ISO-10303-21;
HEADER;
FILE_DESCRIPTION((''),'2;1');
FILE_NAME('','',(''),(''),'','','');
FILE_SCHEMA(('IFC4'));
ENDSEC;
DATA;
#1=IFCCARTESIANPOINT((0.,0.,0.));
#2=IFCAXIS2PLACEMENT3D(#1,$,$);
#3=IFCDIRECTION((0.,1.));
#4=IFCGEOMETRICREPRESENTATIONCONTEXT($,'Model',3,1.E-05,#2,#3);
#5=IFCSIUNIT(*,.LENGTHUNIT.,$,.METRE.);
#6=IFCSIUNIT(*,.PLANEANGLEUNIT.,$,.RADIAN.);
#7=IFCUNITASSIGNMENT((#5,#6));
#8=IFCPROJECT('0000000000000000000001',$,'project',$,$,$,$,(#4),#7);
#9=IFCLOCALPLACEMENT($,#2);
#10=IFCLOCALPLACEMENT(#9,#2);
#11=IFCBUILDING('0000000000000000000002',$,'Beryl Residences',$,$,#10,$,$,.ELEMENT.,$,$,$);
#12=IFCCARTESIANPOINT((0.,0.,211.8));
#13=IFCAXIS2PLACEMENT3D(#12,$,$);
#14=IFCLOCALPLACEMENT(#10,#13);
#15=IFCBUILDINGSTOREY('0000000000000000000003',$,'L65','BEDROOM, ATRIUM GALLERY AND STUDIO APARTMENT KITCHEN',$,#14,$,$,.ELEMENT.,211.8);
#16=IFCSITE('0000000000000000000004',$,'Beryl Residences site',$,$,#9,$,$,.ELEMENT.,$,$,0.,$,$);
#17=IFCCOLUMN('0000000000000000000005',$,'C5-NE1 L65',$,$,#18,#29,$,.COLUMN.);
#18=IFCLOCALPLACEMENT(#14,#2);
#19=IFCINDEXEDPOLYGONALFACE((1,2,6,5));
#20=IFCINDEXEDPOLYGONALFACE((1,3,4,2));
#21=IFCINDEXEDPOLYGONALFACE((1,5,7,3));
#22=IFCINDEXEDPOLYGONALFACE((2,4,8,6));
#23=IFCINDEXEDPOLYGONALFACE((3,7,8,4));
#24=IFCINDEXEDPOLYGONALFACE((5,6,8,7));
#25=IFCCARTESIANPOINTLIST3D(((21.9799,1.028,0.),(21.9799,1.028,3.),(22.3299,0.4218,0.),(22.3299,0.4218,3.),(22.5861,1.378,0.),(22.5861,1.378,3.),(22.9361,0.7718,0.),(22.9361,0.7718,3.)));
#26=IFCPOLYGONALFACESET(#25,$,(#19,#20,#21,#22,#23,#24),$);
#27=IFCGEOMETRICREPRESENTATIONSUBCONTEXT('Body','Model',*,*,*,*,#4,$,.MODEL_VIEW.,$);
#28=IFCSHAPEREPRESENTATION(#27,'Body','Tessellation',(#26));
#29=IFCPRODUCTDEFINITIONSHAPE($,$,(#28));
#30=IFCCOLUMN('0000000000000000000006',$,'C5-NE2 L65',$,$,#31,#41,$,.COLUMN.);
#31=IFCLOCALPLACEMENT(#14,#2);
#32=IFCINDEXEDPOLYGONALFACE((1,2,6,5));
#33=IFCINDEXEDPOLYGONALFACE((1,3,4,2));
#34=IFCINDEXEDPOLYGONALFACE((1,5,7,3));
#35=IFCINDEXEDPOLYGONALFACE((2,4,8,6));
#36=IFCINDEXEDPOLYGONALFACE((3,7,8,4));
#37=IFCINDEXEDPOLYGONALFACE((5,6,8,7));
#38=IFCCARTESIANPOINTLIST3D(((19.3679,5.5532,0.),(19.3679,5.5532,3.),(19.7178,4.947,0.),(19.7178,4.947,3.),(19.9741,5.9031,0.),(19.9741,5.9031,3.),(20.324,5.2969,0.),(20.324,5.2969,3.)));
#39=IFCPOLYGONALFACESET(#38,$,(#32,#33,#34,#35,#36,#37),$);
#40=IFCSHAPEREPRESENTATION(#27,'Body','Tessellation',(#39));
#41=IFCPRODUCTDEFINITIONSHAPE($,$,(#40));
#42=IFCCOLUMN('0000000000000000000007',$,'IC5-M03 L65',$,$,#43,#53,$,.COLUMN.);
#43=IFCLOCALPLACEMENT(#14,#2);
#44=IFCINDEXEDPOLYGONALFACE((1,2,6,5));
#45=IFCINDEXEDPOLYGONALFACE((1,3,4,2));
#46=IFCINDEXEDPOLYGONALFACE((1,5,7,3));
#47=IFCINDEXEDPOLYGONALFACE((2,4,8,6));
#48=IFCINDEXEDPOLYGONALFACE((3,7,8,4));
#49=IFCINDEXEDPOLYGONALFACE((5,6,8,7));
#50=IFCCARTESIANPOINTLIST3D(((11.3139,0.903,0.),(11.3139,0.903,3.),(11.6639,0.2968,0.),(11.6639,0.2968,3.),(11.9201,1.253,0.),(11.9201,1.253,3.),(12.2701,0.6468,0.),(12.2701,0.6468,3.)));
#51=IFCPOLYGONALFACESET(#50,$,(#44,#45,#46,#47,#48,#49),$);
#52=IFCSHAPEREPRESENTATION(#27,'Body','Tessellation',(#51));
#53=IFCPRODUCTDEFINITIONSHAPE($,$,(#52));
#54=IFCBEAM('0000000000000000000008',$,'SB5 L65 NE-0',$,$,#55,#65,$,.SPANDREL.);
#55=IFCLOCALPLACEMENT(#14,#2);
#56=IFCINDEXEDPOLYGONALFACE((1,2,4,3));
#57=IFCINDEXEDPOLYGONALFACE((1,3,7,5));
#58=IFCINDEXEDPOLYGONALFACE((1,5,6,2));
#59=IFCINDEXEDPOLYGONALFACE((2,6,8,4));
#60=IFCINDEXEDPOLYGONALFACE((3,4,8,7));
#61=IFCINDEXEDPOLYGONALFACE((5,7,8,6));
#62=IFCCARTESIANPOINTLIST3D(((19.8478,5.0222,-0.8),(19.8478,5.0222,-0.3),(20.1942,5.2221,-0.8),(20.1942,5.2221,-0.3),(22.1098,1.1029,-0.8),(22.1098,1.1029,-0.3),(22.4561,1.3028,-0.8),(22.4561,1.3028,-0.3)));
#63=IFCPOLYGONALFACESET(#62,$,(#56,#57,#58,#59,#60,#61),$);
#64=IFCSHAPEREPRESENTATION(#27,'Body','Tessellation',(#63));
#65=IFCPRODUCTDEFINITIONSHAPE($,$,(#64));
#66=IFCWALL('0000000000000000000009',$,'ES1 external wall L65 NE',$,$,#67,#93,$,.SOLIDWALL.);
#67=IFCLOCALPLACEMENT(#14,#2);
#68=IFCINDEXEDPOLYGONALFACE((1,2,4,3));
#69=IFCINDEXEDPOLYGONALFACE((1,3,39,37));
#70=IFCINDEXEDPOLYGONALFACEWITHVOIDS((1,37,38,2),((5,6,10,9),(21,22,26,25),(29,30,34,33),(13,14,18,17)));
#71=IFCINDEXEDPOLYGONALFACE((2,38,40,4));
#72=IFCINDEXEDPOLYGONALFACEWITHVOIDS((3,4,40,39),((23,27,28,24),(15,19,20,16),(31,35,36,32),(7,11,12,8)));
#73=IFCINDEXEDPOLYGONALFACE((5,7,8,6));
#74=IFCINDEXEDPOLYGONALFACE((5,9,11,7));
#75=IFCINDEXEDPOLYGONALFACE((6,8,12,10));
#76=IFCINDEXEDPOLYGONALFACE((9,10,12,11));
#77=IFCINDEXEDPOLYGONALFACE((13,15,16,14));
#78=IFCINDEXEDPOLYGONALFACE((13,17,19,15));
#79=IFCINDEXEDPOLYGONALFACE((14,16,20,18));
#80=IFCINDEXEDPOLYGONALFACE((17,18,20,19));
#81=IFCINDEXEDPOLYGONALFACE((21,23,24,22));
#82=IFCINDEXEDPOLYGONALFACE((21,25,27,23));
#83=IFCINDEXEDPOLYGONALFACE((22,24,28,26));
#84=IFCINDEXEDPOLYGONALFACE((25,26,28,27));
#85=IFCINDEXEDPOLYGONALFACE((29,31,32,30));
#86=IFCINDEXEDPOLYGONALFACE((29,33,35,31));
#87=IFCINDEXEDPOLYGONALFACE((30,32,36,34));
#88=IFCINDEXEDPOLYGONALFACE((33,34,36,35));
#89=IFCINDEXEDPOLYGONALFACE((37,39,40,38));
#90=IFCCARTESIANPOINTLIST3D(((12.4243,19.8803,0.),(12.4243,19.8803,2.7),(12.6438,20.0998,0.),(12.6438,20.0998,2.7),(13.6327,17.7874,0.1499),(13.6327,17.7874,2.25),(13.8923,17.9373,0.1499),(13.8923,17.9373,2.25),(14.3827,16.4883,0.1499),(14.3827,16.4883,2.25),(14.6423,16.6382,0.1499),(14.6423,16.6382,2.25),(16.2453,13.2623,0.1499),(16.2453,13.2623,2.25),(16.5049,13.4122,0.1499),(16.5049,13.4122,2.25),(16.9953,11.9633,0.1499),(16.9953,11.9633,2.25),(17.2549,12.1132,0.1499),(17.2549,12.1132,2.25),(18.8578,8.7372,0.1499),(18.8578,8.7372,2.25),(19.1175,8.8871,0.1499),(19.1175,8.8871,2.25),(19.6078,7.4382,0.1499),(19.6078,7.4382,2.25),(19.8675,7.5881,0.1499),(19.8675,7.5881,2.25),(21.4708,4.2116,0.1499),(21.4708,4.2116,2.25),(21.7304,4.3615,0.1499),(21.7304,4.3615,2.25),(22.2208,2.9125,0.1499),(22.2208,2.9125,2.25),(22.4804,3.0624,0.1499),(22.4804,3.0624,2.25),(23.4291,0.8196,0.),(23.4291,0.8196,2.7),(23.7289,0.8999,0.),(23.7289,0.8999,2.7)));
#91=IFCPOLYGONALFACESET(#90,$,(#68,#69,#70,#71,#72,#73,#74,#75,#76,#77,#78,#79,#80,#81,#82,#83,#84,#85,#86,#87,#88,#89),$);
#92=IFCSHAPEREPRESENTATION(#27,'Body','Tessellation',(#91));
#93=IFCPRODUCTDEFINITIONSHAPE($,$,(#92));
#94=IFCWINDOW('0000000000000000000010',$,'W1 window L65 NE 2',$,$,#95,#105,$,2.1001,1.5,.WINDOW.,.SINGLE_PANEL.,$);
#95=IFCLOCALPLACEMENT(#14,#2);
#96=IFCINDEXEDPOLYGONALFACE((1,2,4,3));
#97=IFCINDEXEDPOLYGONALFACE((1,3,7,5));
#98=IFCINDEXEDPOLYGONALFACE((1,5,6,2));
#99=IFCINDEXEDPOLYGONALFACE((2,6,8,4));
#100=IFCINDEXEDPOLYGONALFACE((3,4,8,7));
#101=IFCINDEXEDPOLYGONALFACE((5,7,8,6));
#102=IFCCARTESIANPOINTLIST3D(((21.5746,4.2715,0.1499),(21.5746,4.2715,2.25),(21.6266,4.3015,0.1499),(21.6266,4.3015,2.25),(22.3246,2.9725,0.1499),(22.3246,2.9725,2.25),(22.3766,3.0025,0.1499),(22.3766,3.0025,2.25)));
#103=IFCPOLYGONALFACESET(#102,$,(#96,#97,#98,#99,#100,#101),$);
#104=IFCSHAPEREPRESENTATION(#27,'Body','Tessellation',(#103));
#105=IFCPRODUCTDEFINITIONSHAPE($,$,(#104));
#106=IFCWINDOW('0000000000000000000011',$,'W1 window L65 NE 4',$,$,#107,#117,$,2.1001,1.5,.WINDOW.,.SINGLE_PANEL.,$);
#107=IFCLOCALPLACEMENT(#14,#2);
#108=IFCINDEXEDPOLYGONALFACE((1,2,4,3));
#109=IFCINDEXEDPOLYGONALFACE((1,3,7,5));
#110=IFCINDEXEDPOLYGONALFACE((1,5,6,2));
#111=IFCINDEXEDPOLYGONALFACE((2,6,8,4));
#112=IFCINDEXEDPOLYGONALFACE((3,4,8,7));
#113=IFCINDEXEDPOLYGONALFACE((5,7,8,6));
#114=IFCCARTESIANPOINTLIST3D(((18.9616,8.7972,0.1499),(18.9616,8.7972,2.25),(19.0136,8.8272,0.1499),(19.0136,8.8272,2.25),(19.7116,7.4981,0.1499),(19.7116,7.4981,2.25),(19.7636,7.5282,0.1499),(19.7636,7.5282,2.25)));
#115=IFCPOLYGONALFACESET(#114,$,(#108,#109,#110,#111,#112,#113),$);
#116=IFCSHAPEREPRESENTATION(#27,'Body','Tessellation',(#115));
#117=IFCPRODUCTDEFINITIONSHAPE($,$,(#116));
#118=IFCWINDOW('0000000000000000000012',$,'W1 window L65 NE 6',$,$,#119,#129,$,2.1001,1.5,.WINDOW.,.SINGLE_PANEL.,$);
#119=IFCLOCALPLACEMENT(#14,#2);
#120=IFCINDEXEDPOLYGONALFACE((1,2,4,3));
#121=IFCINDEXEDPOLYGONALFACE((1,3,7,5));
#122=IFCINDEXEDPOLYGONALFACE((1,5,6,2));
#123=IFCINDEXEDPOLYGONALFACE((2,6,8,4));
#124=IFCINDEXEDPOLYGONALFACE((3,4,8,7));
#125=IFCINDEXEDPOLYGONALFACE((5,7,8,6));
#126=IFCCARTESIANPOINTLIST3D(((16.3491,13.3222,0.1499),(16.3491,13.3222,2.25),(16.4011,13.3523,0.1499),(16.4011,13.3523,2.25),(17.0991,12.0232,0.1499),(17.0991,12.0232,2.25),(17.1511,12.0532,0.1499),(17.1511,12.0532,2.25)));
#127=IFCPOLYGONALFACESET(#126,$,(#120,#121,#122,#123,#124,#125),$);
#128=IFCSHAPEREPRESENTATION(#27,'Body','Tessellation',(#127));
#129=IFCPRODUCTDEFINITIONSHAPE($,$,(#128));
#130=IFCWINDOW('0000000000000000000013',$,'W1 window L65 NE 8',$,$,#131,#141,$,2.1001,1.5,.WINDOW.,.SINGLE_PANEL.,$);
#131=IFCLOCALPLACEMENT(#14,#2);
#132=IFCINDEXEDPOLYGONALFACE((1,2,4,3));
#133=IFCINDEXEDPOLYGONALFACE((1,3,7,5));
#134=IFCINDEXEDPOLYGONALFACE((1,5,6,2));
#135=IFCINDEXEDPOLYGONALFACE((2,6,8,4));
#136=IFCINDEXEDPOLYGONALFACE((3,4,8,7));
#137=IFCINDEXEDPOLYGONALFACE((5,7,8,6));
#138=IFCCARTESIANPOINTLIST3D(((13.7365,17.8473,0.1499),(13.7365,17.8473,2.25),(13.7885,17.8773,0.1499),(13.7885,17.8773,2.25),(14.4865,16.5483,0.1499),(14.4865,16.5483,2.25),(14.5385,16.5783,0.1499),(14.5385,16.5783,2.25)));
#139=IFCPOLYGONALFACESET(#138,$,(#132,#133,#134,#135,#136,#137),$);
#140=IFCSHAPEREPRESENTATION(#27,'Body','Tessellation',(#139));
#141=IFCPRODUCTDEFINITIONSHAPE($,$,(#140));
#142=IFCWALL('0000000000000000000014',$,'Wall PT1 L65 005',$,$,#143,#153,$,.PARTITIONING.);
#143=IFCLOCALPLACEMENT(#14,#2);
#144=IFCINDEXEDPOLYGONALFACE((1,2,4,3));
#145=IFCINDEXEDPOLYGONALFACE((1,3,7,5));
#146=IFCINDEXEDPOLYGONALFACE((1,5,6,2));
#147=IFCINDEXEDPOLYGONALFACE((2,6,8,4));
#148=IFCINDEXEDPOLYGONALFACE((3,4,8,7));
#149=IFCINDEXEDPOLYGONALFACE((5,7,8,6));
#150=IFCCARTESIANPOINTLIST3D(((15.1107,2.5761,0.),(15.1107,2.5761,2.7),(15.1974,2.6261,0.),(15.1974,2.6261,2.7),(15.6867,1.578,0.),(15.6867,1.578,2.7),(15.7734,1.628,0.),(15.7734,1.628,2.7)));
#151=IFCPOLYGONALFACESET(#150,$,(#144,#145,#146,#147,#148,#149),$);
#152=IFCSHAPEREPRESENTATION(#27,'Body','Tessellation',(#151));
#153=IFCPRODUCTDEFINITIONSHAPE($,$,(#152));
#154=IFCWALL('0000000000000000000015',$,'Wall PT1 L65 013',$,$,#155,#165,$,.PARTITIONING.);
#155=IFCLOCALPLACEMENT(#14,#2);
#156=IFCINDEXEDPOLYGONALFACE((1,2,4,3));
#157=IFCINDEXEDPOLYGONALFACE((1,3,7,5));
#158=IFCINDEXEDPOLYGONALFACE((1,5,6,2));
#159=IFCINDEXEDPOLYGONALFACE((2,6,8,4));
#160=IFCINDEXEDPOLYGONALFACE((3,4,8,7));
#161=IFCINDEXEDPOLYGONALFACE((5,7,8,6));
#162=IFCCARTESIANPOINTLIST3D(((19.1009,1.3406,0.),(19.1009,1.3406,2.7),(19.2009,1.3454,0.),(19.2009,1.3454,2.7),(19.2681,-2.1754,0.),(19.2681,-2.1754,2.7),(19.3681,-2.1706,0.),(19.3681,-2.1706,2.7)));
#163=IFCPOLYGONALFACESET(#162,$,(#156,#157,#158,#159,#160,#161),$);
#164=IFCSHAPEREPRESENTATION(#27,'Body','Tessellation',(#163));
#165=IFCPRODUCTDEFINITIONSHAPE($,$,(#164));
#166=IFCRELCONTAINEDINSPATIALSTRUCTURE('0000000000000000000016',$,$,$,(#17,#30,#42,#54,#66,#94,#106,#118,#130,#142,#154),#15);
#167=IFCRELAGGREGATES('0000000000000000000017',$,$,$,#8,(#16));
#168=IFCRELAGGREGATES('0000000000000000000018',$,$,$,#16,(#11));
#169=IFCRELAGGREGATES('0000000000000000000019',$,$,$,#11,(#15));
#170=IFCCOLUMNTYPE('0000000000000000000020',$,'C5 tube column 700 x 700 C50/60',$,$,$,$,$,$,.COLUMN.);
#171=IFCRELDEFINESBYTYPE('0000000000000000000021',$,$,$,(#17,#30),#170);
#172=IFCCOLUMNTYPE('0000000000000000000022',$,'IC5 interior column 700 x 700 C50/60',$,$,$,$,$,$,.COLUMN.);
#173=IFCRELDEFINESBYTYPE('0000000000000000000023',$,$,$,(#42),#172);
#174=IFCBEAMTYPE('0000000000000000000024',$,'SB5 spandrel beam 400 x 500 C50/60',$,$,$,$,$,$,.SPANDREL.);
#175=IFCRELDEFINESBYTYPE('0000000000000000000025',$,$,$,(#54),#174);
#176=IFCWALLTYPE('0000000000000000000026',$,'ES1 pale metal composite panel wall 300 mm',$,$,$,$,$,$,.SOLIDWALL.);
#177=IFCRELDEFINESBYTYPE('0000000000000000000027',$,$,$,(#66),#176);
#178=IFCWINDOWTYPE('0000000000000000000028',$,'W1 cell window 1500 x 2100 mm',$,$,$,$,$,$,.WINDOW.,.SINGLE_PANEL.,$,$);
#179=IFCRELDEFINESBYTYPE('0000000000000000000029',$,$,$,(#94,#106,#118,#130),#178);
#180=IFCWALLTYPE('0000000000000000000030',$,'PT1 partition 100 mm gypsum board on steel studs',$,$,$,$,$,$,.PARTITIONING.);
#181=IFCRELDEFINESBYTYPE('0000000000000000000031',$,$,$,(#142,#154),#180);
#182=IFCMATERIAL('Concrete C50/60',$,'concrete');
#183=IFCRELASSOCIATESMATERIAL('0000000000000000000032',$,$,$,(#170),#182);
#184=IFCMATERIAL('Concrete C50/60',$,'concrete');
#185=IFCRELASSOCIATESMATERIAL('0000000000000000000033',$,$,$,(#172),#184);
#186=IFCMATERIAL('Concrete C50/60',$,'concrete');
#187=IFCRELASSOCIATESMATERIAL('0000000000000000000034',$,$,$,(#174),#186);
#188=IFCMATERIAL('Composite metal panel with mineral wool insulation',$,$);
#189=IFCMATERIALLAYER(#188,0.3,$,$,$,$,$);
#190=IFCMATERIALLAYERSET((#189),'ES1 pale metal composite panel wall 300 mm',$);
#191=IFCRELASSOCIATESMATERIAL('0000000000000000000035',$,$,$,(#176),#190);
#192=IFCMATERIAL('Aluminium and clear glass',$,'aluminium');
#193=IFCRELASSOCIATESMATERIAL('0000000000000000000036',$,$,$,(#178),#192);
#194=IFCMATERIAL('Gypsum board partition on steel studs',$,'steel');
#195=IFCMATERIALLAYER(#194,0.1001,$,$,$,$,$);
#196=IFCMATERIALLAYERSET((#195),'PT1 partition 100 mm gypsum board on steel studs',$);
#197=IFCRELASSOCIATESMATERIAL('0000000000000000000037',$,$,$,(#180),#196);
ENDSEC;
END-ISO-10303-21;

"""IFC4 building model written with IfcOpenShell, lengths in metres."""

from ifc_helpers import new_model, si_unit, direction, frame, frame_2d, origin, origin_2d, place, context, subcontext, project, spatial, polyline, rectangle, outline, extrude, material, layer, layer_set, material_profile, profile_set, type_object, element, fill, save


model = new_model("IFC4")

# Units and contexts
model_context = context("Model", 3, precision=1e-05, world=origin(), true_north=direction((0.0, 1.0)))
body_context = subcontext(model_context, "Body", "Model", "MODEL_VIEW")
ifc_project = project(units=[si_unit("LENGTHUNIT", "METRE"), si_unit("PLANEANGLEUNIT", "RADIAN")], contexts=[model_context])

# Site, building, storey
site_placement = place(None, origin())
site = spatial("IfcSite", under=ifc_project, at=site_placement, Name="Beryl Residences site", CompositionType="ELEMENT", RefElevation=0.0)
building_placement = place(site_placement, origin())
building = spatial("IfcBuilding", under=site, at=building_placement, Name="Beryl Residences", CompositionType="ELEMENT")
storey_placement = place(building_placement, frame((0.0, 0.0, 211.8)))
storey = spatial("IfcBuildingStorey", under=building, at=storey_placement, Name="L65", Description="BEDROOM, ATRIUM GALLERY AND STUDIO APARTMENT KITCHEN", CompositionType="ELEMENT", Elevation=211.8)

# Columns
ifc_material_1 = material(Name="Concrete C50/60", Category="concrete")
ifc_material_profile_1 = material_profile(ifc_material_1, rectangle(XDim=0.7, YDim=0.7, at=origin_2d()))
ifc_profile_set_1 = profile_set([ifc_material_profile_1], Name="Concrete C50/60")
column_type_1 = type_object("IfcColumnType", Name="C5 tube column 700 x 700 C50/60", PredefinedType="COLUMN", material=ifc_profile_set_1)
for number, where, z_axis, x_axis, name in (
    (1, (22.458, 0.8999, 0.0), (0.0, 0.0, 1.0), (-0.49997, 0.866043, 0.0), "C5-NE1 L65"),
    (2, (19.8459, 5.425, 0.0), (0.0, 0.0, 1.0), (-0.49997, 0.866043, 0.0), "C5-NE2 L65"),
):
    element("IfcColumn", number, at=place(storey_placement, frame(where, z_axis=z_axis, x_axis=x_axis)), inside=storey, type_object=column_type_1, Name=name, PredefinedType="COLUMN", context=body_context, shape_type="SweptSolid", body=[
        extrude(rectangle(XDim=0.7, YDim=0.7, at=origin_2d()), origin(), (0.0, 0.0, 1.0), 3.0),
    ])
ifc_material_2 = material(Name="Concrete C50/60", Category="concrete")
ifc_material_profile_2 = material_profile(ifc_material_2, rectangle(XDim=0.7, YDim=0.7, at=origin_2d()))
ifc_profile_set_2 = profile_set([ifc_material_profile_2], Name="Concrete C50/60")
column_type_2 = type_object("IfcColumnType", Name="IC5 interior column 700 x 700 C50/60", PredefinedType="COLUMN", material=ifc_profile_set_2)
column_placement = place(storey_placement, frame((11.792, 0.7749, 0.0), z_axis=(0.0, 0.0, 1.0), x_axis=(-0.49997, 0.866043, 0.0)))
element("IfcColumn", 3, at=column_placement, inside=storey, type_object=column_type_2, Name="IC5-M03 L65", PredefinedType="COLUMN", context=body_context, shape_type="SweptSolid", body=[
    extrude(rectangle(XDim=0.7, YDim=0.7, at=origin_2d()), origin(), (0.0, 0.0, 1.0), 3.0),
])

# Beam
ifc_material_3 = material(Name="Concrete C50/60", Category="concrete")
ifc_material_profile_3 = material_profile(ifc_material_3, rectangle(XDim=0.3999, YDim=0.5, at=origin_2d()))
ifc_profile_set_3 = profile_set([ifc_material_profile_3], Name="Concrete C50/60")
beam_type = type_object("IfcBeamType", Name="SB5 spandrel beam 400 x 500 C50/60", PredefinedType="SPANDREL", material=ifc_profile_set_3)
beam_placement = place(storey_placement, frame((22.283, 1.2029, -0.55), z_axis=(-0.49987, 0.8661, 0.0), x_axis=(-0.8661, -0.49987, 0.0)))
element("IfcBeam", 4, at=beam_placement, inside=storey, type_object=beam_type, Name="SB5 L65 NE-0", PredefinedType="SPANDREL", context=body_context, shape_type="SweptSolid", body=[
    extrude(rectangle(XDim=0.3999, YDim=0.5, at=origin_2d()), origin(), (0.0, 0.0, 1.0), 4.5251),
])

# Wall, openings, windows
ifc_material_4 = material(Name="Composite metal panel with mineral wool insulation")
ifc_layer_1 = layer(ifc_material_4, 0.3)
ifc_layer_set_1 = layer_set([ifc_layer_1], Name="ES1 pale metal composite panel wall 300 mm")
wall_type_1 = type_object("IfcWallType", Name="ES1 pale metal composite panel wall 300 mm", PredefinedType="SOLIDWALL", material=ifc_layer_set_1)
wall_1_placement = place(storey_placement, frame((23.5991, 0.825, 0.0), z_axis=(0.0, 0.0, 1.0), x_axis=(-0.500004, 0.866023, 0.0)))
wall_1 = element("IfcWall", 5, at=wall_1_placement, inside=storey, type_object=wall_type_1, Name="ES1 external wall L65 NE", PredefinedType="SOLIDWALL", context=body_context, shape_type="SweptSolid", body=[
    extrude(outline(polyline([(0.0, -0.1499), (22.1702, -0.1499), (22.0898, 0.1499), (0.0803, 0.1499), (0.0, -0.1499)])), origin(), (0.0, 0.0, 1.0), 2.7),
])
opening_1_placement = place(wall_1_placement, frame((2.4971, 0.0, 0.1499)))
opening_1 = element("IfcOpeningElement", 6, at=opening_1_placement, cuts=wall_1, PredefinedType="OPENING", context=body_context, shape_type="SweptSolid", body=[
    extrude(rectangle(XDim=1.5, YDim=2.1001, at=frame_2d((0.75, 1.05))), frame((0.0, 0.1599, 0.0), z_axis=(0.0, -1.0, 0.0), x_axis=(1.0, 0.0, 0.0)), (0.0, 0.0, 1.0), 0.3201),
])
opening_2_placement = place(wall_1_placement, frame((7.7229, 0.0, 0.1499)))
opening_2 = element("IfcOpeningElement", 7, at=opening_2_placement, cuts=wall_1, PredefinedType="OPENING", context=body_context, shape_type="SweptSolid", body=[
    extrude(rectangle(XDim=1.5, YDim=2.1001, at=frame_2d((0.75, 1.05))), frame((0.0, 0.1599, 0.0), z_axis=(0.0, -1.0, 0.0), x_axis=(1.0, 0.0, 0.0)), (0.0, 0.0, 1.0), 0.3201),
])
opening_3_placement = place(wall_1_placement, frame((12.948, 0.0, 0.1499)))
opening_3 = element("IfcOpeningElement", 8, at=opening_3_placement, cuts=wall_1, PredefinedType="OPENING", context=body_context, shape_type="SweptSolid", body=[
    extrude(rectangle(XDim=1.5, YDim=2.1001, at=frame_2d((0.75, 1.05))), frame((0.0, 0.1599, 0.0), z_axis=(0.0, -1.0, 0.0), x_axis=(1.0, 0.0, 0.0)), (0.0, 0.0, 1.0), 0.3201),
])
opening_4_placement = place(wall_1_placement, frame((18.1731, 0.0, 0.1499)))
opening_4 = element("IfcOpeningElement", 9, at=opening_4_placement, cuts=wall_1, PredefinedType="OPENING", context=body_context, shape_type="SweptSolid", body=[
    extrude(rectangle(XDim=1.5, YDim=2.1001, at=frame_2d((0.75, 1.05))), frame((0.0, 0.1599, 0.0), z_axis=(0.0, -1.0, 0.0), x_axis=(1.0, 0.0, 0.0)), (0.0, 0.0, 1.0), 0.3201),
])
ifc_material_5 = material(Name="Aluminium and clear glass", Category="aluminium")
window_type = type_object("IfcWindowType", Name="W1 cell window 1500 x 2100 mm", PartitioningType="SINGLE_PANEL", PredefinedType="WINDOW", material=ifc_material_5)
window_1_placement = place(opening_1_placement, origin())
window_1 = element("IfcWindow", 10, at=window_1_placement, inside=storey, type_object=window_type, Name="W1 window L65 NE 2", OverallHeight=2.1001, OverallWidth=1.5, PartitioningType="SINGLE_PANEL", PredefinedType="WINDOW", context=body_context, shape_type="SweptSolid", body=[
    extrude(rectangle(XDim=1.5, YDim=2.1001, at=frame_2d((0.75, 1.05))), frame((0.0, 0.03, 0.0), z_axis=(0.0, -1.0, 0.0), x_axis=(1.0, 0.0, 0.0)), (0.0, 0.0, 1.0), 0.0601),
])
fill(opening_1, window_1)
window_2_placement = place(opening_2_placement, origin())
window_2 = element("IfcWindow", 11, at=window_2_placement, inside=storey, type_object=window_type, Name="W1 window L65 NE 4", OverallHeight=2.1001, OverallWidth=1.5, PartitioningType="SINGLE_PANEL", PredefinedType="WINDOW", context=body_context, shape_type="SweptSolid", body=[
    extrude(rectangle(XDim=1.5, YDim=2.1001, at=frame_2d((0.75, 1.05))), frame((0.0, 0.03, 0.0), z_axis=(0.0, -1.0, 0.0), x_axis=(1.0, 0.0, 0.0)), (0.0, 0.0, 1.0), 0.0601),
])
fill(opening_2, window_2)
window_3_placement = place(opening_3_placement, origin())
window_3 = element("IfcWindow", 12, at=window_3_placement, inside=storey, type_object=window_type, Name="W1 window L65 NE 6", OverallHeight=2.1001, OverallWidth=1.5, PartitioningType="SINGLE_PANEL", PredefinedType="WINDOW", context=body_context, shape_type="SweptSolid", body=[
    extrude(rectangle(XDim=1.5, YDim=2.1001, at=frame_2d((0.75, 1.05))), frame((0.0, 0.03, 0.0), z_axis=(0.0, -1.0, 0.0), x_axis=(1.0, 0.0, 0.0)), (0.0, 0.0, 1.0), 0.0601),
])
fill(opening_3, window_3)
window_4_placement = place(opening_4_placement, origin())
window_4 = element("IfcWindow", 13, at=window_4_placement, inside=storey, type_object=window_type, Name="W1 window L65 NE 8", OverallHeight=2.1001, OverallWidth=1.5, PartitioningType="SINGLE_PANEL", PredefinedType="WINDOW", context=body_context, shape_type="SweptSolid", body=[
    extrude(rectangle(XDim=1.5, YDim=2.1001, at=frame_2d((0.75, 1.05))), frame((0.0, 0.03, 0.0), z_axis=(0.0, -1.0, 0.0), x_axis=(1.0, 0.0, 0.0)), (0.0, 0.0, 1.0), 0.0601),
])
fill(opening_4, window_4)

# Walls
ifc_material_6 = material(Name="Gypsum board partition on steel studs", Category="steel")
ifc_layer_2 = layer(ifc_material_6, 0.1001)
ifc_layer_set_2 = layer_set([ifc_layer_2], Name="PT1 partition 100 mm gypsum board on steel studs")
wall_type_2 = type_object("IfcWallType", Name="PT1 partition 100 mm gypsum board on steel studs", PredefinedType="PARTITIONING", material=ifc_layer_set_2)
wall_2_placement = place(storey_placement, frame((15.1541, 2.6011, 0.0), z_axis=(0.0, 0.0, 1.0), x_axis=(0.499808, -0.866136, 0.0)))
element("IfcWall", 14, at=wall_2_placement, inside=storey, type_object=wall_type_2, Name="Wall PT1 L65 005", PredefinedType="PARTITIONING", context=body_context, shape_type="SweptSolid", body=[
    extrude(rectangle(XDim=1.1523, YDim=0.1001, at=frame_2d((0.5762, 0.0))), origin(), (0.0, 0.0, 1.0), 2.7),
])
wall_3_placement = place(storey_placement, frame((19.1509, 1.343, 0.0), z_axis=(0.0, 0.0, 1.0), x_axis=(0.047509, -0.998871, 0.0)))
element("IfcWall", 15, at=wall_3_placement, inside=storey, type_object=wall_type_2, Name="Wall PT1 L65 013", PredefinedType="PARTITIONING", context=body_context, shape_type="SweptSolid", body=[
    extrude(rectangle(XDim=3.52, YDim=0.1001, at=frame_2d((1.76, 0.0))), origin(), (0.0, 0.0, 1.0), 2.7),
])

save(model, "model.ifc")
